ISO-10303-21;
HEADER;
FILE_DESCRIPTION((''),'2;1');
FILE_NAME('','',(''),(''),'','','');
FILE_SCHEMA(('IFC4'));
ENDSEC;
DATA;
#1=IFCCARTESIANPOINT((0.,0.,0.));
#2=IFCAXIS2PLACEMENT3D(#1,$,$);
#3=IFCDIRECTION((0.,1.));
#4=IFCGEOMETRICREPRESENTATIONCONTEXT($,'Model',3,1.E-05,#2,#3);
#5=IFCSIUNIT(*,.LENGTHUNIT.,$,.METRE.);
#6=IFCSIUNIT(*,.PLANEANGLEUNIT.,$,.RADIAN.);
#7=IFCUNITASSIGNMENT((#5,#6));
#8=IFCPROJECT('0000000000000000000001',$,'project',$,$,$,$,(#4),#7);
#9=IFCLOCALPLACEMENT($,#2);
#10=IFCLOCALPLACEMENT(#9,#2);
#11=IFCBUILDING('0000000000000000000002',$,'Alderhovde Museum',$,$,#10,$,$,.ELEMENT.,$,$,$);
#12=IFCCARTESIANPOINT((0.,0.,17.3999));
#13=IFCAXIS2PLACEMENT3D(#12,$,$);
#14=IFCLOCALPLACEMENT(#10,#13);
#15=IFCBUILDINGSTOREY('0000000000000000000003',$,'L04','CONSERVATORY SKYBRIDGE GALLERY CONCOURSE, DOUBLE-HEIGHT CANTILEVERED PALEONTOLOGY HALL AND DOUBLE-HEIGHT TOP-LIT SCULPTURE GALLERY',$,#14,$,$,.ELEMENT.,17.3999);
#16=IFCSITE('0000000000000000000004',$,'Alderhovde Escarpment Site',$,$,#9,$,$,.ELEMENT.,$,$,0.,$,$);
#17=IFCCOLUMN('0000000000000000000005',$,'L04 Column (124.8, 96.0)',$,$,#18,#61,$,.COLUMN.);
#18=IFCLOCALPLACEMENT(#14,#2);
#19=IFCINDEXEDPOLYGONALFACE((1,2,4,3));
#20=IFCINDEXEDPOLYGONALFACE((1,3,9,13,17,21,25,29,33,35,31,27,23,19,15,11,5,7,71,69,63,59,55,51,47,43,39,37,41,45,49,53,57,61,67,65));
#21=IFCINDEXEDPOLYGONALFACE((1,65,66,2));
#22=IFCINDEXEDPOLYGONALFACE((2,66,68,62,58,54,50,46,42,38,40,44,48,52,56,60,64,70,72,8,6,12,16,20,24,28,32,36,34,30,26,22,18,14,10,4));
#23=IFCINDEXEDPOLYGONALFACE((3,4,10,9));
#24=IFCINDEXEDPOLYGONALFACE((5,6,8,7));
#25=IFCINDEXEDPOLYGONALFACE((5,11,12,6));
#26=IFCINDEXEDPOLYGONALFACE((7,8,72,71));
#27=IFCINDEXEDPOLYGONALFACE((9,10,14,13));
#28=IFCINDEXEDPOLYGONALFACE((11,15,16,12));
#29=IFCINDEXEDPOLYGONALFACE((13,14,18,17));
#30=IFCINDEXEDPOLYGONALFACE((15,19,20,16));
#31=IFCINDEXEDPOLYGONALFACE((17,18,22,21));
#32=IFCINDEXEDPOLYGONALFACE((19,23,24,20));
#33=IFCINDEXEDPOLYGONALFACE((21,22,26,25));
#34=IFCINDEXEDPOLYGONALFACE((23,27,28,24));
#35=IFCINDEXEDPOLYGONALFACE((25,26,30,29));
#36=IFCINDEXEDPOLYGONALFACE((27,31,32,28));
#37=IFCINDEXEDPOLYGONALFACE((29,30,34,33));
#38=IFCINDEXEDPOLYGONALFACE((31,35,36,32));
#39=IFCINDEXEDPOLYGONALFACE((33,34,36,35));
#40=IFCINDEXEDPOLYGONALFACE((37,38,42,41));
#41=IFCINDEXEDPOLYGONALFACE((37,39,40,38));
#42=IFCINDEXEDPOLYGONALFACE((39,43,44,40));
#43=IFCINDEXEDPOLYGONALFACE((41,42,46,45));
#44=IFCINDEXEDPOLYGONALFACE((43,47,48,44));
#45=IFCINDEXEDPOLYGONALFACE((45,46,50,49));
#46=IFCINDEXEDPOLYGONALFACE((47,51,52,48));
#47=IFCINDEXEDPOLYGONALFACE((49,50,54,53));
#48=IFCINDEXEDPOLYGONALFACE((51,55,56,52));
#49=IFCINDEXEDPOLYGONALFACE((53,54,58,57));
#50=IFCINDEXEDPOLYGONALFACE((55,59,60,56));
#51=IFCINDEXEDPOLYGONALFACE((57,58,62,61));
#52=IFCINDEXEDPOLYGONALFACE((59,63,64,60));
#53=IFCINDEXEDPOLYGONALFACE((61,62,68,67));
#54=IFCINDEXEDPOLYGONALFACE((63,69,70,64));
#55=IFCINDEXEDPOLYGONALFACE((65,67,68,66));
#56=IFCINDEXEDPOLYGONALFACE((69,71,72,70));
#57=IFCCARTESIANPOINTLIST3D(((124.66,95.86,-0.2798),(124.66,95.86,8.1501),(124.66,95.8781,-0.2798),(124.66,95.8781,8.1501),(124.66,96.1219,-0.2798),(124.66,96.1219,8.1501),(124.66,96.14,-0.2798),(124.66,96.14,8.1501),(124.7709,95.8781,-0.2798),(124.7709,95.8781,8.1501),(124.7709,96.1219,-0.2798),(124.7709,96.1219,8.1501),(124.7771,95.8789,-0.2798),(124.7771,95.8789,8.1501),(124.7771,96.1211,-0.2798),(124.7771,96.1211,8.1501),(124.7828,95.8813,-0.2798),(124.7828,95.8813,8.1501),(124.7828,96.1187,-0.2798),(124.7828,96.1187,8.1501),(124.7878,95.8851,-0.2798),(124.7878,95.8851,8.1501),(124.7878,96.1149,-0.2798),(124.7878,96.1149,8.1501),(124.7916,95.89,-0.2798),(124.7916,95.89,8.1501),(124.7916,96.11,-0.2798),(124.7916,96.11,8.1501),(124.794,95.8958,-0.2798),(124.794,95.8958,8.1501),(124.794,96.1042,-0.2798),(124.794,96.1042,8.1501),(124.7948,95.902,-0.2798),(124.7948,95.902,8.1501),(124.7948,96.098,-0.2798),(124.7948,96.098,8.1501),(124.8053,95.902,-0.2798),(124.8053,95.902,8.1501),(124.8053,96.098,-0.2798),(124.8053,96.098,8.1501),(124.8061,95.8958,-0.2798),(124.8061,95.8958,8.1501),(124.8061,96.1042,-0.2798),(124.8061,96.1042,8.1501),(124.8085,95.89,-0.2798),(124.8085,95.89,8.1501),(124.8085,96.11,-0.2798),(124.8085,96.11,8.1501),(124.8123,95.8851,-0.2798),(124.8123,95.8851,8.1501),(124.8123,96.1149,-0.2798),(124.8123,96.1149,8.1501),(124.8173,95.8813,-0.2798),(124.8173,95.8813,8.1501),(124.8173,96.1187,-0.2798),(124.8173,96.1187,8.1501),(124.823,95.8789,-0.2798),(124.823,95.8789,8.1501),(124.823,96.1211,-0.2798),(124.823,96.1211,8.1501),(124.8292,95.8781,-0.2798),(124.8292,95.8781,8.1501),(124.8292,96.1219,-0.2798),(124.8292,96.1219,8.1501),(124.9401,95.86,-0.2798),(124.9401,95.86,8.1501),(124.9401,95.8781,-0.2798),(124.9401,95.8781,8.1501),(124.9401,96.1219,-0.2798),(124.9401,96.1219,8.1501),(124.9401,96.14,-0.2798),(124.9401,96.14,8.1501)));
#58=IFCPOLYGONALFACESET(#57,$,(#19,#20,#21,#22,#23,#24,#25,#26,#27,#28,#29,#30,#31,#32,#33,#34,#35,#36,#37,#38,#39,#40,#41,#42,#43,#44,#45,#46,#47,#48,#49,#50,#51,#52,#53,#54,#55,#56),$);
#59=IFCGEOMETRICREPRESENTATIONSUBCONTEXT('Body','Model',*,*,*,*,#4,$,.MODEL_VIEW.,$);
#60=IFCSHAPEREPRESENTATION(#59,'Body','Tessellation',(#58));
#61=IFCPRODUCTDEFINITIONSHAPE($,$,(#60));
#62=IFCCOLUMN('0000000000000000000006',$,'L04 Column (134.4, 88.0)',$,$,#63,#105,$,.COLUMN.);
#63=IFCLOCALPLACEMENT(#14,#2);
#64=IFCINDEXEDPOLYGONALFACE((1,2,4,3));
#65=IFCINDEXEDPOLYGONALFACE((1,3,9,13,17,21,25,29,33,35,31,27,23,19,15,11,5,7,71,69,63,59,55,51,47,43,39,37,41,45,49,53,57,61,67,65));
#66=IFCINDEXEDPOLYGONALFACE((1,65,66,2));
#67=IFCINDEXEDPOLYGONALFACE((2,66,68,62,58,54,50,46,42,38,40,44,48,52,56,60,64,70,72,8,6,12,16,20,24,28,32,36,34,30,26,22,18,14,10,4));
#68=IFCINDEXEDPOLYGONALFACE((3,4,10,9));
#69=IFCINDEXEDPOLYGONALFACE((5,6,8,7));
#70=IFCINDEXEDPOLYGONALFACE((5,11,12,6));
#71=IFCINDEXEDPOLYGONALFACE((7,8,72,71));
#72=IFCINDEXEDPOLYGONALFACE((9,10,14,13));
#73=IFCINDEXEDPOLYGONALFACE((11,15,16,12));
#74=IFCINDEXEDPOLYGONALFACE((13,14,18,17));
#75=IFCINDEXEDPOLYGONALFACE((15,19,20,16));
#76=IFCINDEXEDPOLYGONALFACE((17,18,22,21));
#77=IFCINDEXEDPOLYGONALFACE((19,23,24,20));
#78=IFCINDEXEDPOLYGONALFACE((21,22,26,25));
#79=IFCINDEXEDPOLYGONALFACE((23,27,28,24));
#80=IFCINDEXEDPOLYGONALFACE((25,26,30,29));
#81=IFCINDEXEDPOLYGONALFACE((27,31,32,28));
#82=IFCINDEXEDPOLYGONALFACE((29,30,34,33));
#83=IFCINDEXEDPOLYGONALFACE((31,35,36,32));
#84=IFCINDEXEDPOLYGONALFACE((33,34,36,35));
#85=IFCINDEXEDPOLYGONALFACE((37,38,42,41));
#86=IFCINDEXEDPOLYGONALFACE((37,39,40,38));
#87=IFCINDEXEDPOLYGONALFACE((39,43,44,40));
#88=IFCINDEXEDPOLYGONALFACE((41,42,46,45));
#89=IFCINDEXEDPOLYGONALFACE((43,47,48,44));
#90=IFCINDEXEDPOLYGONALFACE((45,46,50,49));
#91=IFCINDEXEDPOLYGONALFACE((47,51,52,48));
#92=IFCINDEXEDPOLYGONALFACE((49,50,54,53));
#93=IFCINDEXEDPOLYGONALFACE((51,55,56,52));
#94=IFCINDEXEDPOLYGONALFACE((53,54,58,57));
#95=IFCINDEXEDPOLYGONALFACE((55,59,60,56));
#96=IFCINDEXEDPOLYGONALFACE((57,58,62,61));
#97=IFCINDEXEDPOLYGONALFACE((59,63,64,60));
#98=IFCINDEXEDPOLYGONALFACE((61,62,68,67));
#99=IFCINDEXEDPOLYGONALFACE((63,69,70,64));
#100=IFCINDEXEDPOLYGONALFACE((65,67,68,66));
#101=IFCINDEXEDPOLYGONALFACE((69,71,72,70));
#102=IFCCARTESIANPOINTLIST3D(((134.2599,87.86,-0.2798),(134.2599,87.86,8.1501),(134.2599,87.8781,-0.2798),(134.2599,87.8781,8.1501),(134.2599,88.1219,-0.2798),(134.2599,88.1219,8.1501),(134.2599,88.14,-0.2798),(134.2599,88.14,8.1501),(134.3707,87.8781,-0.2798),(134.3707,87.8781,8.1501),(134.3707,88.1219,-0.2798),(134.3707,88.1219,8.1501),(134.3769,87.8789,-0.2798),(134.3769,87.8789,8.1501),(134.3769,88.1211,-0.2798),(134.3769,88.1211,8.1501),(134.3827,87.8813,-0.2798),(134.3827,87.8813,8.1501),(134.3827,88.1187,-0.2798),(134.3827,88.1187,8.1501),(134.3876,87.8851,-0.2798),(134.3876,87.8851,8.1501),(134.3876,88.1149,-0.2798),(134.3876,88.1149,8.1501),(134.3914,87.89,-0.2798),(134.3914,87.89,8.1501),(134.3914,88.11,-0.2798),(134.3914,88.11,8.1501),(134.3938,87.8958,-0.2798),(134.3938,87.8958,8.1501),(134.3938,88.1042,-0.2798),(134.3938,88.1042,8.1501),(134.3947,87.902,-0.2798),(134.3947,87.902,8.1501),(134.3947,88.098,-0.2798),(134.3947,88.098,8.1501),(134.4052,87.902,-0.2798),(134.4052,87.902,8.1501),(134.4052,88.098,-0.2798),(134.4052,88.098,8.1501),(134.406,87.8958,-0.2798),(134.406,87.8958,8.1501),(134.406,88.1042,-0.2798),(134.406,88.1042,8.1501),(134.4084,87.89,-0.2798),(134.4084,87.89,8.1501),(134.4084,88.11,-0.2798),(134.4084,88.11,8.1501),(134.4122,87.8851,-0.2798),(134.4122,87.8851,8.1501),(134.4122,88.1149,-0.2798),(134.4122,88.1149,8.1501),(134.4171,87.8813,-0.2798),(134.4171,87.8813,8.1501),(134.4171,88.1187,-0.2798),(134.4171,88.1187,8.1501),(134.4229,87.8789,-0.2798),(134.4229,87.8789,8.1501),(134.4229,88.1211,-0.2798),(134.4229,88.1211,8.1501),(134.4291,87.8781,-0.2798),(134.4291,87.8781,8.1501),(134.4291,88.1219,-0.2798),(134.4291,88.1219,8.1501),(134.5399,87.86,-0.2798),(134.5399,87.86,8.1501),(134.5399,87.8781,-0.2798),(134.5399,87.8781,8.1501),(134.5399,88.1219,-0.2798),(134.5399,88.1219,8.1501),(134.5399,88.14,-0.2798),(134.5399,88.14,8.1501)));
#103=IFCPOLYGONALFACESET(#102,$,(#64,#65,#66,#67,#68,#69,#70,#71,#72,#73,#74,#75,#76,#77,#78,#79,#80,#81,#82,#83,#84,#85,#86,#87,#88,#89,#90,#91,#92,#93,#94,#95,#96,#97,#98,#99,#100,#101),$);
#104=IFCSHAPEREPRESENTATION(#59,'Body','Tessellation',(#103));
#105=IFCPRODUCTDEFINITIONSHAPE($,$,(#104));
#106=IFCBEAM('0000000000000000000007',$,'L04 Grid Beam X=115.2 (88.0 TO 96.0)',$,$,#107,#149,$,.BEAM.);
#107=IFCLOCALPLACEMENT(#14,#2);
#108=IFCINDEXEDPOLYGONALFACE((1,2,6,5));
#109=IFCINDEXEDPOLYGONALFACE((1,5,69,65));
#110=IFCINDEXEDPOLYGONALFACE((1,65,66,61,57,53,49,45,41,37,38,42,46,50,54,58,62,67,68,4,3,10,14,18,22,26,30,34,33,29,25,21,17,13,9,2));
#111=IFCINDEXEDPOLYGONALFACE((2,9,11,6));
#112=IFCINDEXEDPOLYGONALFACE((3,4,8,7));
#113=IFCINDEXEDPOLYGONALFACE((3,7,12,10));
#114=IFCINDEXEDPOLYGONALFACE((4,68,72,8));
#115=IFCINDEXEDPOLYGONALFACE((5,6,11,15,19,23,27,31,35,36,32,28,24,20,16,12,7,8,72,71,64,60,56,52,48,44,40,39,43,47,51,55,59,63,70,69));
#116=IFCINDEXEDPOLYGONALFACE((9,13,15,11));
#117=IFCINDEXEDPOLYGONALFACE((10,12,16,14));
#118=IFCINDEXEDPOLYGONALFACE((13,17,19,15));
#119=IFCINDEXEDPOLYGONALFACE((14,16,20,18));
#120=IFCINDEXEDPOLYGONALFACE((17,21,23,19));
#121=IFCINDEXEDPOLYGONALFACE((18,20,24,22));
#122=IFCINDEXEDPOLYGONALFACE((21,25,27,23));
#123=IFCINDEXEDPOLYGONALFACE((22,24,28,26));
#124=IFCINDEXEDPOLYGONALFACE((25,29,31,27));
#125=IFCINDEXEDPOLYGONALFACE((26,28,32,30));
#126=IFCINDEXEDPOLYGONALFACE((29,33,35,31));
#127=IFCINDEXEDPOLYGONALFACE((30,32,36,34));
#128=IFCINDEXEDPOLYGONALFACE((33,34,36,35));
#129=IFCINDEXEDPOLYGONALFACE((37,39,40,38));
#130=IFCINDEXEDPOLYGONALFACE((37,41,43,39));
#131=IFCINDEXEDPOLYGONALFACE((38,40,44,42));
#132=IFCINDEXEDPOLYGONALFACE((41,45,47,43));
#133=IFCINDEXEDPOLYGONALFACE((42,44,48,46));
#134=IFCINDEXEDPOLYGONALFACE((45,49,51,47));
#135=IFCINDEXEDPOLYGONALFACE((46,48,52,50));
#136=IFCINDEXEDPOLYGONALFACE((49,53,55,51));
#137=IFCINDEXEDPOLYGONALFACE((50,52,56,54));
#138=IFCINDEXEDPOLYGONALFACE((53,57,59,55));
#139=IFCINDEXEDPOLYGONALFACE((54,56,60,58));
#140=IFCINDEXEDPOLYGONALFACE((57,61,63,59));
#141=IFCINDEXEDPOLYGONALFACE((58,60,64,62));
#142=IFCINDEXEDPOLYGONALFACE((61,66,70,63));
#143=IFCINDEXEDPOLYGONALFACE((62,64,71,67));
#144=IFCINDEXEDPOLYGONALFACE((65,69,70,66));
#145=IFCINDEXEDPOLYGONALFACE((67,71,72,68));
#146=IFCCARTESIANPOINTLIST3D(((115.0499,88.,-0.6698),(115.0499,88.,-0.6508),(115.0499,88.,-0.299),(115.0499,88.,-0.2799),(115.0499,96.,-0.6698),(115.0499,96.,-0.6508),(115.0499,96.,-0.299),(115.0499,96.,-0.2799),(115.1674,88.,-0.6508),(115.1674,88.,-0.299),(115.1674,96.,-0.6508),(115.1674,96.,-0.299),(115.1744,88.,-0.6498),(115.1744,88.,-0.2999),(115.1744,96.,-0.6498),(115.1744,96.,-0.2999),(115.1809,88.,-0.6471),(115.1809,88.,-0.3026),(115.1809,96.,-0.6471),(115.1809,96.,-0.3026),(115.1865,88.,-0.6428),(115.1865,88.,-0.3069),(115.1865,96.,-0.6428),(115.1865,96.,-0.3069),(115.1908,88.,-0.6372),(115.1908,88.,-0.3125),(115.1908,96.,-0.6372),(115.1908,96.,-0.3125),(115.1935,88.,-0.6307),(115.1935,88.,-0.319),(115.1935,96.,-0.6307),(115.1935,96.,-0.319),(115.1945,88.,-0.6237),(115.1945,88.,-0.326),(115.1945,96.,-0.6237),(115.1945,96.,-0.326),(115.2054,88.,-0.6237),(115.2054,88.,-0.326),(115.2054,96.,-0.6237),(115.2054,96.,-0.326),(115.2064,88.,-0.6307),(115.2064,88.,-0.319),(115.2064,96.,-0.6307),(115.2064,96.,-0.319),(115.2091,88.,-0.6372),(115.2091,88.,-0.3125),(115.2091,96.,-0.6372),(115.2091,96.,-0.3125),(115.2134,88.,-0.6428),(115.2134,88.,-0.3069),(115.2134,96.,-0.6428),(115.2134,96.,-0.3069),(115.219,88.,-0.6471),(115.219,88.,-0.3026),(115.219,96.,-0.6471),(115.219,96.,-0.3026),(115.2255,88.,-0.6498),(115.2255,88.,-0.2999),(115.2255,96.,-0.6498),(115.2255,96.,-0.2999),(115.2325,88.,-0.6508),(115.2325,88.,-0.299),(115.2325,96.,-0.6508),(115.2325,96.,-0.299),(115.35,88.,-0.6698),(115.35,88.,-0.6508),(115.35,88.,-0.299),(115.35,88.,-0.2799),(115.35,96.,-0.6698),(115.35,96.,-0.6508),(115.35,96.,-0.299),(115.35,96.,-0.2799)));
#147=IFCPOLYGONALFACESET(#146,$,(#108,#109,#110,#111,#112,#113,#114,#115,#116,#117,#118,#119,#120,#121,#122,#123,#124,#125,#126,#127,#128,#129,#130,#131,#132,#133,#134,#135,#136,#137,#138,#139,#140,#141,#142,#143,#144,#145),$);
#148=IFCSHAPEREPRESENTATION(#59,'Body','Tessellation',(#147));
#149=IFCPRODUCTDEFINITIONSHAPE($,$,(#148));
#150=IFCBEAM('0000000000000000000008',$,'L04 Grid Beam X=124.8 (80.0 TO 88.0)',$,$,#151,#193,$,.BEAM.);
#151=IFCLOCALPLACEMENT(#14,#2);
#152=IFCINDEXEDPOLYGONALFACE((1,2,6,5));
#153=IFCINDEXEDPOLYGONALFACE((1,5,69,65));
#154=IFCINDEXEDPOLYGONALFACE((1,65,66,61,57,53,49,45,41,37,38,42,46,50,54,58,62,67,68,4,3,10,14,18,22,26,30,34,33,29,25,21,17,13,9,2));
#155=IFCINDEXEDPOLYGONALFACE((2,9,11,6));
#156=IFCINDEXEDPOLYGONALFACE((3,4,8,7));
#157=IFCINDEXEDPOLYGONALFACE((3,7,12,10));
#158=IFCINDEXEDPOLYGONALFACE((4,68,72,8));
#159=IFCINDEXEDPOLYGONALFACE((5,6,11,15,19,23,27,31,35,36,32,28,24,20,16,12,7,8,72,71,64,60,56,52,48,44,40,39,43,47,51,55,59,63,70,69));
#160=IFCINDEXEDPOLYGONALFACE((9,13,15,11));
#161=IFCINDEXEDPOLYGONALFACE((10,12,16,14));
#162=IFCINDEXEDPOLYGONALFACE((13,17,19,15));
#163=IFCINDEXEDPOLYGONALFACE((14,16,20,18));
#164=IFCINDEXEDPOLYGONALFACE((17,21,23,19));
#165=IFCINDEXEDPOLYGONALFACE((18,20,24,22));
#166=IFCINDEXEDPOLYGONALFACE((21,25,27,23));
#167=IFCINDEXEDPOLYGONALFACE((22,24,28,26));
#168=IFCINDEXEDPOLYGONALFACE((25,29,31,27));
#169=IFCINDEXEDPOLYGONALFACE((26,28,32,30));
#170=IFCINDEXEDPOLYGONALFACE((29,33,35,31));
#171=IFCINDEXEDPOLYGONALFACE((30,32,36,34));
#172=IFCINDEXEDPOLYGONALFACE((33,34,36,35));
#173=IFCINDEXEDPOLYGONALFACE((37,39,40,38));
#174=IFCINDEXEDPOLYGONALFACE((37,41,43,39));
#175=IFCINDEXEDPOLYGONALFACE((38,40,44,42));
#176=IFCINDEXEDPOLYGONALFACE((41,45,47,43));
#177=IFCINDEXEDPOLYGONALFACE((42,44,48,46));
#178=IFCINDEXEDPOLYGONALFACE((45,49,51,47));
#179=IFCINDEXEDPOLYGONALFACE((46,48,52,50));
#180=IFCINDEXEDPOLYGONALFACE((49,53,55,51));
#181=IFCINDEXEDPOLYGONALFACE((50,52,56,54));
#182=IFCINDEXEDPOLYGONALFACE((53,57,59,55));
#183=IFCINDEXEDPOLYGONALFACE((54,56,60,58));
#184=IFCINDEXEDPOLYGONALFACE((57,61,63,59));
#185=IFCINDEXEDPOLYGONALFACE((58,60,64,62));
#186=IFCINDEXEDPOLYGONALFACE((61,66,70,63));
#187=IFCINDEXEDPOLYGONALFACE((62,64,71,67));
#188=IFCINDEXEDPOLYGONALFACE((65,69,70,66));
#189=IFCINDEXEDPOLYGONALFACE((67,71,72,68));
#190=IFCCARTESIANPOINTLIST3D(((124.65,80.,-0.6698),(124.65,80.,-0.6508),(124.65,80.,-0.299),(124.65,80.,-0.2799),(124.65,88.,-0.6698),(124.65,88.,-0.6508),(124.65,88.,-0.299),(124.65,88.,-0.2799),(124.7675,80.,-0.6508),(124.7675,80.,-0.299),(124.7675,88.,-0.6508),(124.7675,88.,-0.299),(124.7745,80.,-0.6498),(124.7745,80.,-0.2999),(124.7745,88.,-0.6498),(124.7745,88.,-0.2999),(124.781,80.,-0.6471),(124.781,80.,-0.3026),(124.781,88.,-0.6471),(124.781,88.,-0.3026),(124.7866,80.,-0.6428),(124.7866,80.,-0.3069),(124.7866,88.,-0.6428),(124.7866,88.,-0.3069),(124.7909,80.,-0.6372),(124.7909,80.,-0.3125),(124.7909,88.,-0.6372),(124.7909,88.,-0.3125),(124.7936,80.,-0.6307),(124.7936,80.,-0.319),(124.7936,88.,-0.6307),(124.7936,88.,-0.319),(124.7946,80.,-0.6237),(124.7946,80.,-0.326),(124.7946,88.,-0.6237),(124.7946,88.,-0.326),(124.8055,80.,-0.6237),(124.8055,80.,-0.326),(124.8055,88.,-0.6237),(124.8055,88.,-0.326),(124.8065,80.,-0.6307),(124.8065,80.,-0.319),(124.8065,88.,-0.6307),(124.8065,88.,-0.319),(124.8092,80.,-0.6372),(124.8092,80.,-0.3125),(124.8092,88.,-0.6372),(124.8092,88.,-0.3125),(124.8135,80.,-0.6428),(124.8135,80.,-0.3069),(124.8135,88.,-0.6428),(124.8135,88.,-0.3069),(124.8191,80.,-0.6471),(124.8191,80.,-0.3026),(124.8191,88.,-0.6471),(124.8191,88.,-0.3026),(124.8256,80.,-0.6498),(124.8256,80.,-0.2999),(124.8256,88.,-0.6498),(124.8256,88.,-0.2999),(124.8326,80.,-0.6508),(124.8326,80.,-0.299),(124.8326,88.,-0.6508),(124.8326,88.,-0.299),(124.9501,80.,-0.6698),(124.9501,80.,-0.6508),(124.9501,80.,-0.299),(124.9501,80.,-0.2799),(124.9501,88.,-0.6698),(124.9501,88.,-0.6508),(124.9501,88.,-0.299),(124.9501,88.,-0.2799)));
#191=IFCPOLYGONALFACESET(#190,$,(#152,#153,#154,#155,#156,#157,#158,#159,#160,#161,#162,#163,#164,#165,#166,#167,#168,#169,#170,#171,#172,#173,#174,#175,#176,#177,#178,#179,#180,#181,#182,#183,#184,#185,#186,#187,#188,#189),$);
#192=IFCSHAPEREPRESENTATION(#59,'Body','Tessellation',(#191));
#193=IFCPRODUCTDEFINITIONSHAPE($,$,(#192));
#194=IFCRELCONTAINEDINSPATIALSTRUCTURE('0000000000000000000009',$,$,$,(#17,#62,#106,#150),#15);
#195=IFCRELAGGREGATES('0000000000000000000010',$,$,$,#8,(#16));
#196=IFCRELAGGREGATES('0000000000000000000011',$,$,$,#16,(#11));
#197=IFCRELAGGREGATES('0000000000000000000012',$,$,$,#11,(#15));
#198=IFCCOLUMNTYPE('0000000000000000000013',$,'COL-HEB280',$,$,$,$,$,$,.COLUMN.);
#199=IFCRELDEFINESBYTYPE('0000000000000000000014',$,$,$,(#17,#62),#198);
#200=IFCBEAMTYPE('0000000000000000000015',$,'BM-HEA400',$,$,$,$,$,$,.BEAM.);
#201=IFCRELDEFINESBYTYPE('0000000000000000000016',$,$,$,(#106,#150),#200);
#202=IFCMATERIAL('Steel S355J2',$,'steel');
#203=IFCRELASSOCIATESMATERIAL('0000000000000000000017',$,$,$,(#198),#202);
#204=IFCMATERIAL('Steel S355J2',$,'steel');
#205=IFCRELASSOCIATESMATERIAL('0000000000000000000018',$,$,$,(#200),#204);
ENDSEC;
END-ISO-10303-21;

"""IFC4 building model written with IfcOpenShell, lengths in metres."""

from ifc_helpers import new_model, si_unit, direction, frame, origin, origin_2d, place, context, subcontext, project, spatial, i_section, extrude, material, material_profile, profile_set, type_object, element, save


model = new_model("IFC4")

# Units and contexts
model_context = context("Model", 3, precision=1e-05, world=origin(), true_north=direction((0.0, 1.0)))
body_context = subcontext(model_context, "Body", "Model", "MODEL_VIEW")
ifc_project = project(units=[si_unit("LENGTHUNIT", "METRE"), si_unit("PLANEANGLEUNIT", "RADIAN")], contexts=[model_context])

# Site, building, storey
site_placement = place(None, origin())
site = spatial("IfcSite", under=ifc_project, at=site_placement, Name="Alderhovde Escarpment Site", CompositionType="ELEMENT", RefElevation=0.0)
building_placement = place(site_placement, origin())
building = spatial("IfcBuilding", under=site, at=building_placement, Name="Alderhovde Museum", CompositionType="ELEMENT")
storey_placement = place(building_placement, frame((0.0, 0.0, 17.3999)))
storey = spatial("IfcBuildingStorey", under=building, at=storey_placement, Name="L04", Description="CONSERVATORY SKYBRIDGE GALLERY CONCOURSE, DOUBLE-HEIGHT CANTILEVERED PALEONTOLOGY HALL AND DOUBLE-HEIGHT TOP-LIT SCULPTURE GALLERY", CompositionType="ELEMENT", Elevation=17.3999)

# Columns
ifc_material_1 = material(Name="Steel S355J2", Category="steel")
ifc_material_profile_1 = material_profile(ifc_material_1, i_section(OverallWidth=0.28, OverallDepth=0.28, WebThickness=0.0105, FlangeThickness=0.0181, FilletRadius=0.0239, at=origin_2d()), Name="HEB 280")
ifc_profile_set_1 = profile_set([ifc_material_profile_1], Name="Steel S355J2")
column_type_1 = type_object("IfcColumnType", Name="COL-HEB280", PredefinedType="COLUMN", material=ifc_profile_set_1)
for number, where, z_axis, x_axis, name in (
    (1, (124.8, 96.0, -0.2798), (0.0, 0.0, 1.0), (1.0, 0.0, 0.0), "L04 Column (124.8, 96.0)"),
    (2, (134.3999, 88.0, -0.2798), (0.0, 0.0, 1.0), (1.0, 0.0, 0.0), "L04 Column (134.4, 88.0)"),
):
    element("IfcColumn", number, at=place(storey_placement, frame(where, z_axis=z_axis, x_axis=x_axis)), inside=storey, type_object=column_type_1, Name=name, PredefinedType="COLUMN", context=body_context, shape_type="SweptSolid", body=[
        extrude(i_section(OverallWidth=0.28, OverallDepth=0.28, WebThickness=0.0105, FlangeThickness=0.0181, FilletRadius=0.0239, at=origin_2d()), origin(), (0.0, 0.0, 1.0), 8.4299),
    ])

# Beams
ifc_material_2 = material(Name="Steel S355J2", Category="steel")
ifc_material_profile_2 = material_profile(ifc_material_2, i_section(OverallWidth=0.3, OverallDepth=0.3899, WebThickness=0.011, FlangeThickness=0.019, FilletRadius=0.0271, at=origin_2d()), Name="HEA 400")
ifc_profile_set_2 = profile_set([ifc_material_profile_2], Name="Steel S355J2")
beam_type_1 = type_object("IfcBeamType", Name="BM-HEA400", PredefinedType="BEAM", material=ifc_profile_set_2)
for number, where, z_axis, x_axis, name in (
    (3, (115.2, 88.0, -0.4749), (0.0, 1.0, 0.0), (-1.0, 0.0, 0.0), "L04 Grid Beam X=115.2 (88.0 TO 96.0)"),
    (4, (124.8, 80.0, -0.4749), (0.0, 1.0, 0.0), (-1.0, 0.0, 0.0), "L04 Grid Beam X=124.8 (80.0 TO 88.0)"),
):
    element("IfcBeam", number, at=place(storey_placement, frame(where, z_axis=z_axis, x_axis=x_axis)), inside=storey, type_object=beam_type_1, Name=name, PredefinedType="BEAM", context=body_context, shape_type="SweptSolid", body=[
        extrude(i_section(OverallWidth=0.3, OverallDepth=0.3899, WebThickness=0.011, FlangeThickness=0.019, FilletRadius=0.0271, at=origin_2d()), origin(), (0.0, 0.0, 1.0), 8.0),
    ])

save(model, "model.ifc")
